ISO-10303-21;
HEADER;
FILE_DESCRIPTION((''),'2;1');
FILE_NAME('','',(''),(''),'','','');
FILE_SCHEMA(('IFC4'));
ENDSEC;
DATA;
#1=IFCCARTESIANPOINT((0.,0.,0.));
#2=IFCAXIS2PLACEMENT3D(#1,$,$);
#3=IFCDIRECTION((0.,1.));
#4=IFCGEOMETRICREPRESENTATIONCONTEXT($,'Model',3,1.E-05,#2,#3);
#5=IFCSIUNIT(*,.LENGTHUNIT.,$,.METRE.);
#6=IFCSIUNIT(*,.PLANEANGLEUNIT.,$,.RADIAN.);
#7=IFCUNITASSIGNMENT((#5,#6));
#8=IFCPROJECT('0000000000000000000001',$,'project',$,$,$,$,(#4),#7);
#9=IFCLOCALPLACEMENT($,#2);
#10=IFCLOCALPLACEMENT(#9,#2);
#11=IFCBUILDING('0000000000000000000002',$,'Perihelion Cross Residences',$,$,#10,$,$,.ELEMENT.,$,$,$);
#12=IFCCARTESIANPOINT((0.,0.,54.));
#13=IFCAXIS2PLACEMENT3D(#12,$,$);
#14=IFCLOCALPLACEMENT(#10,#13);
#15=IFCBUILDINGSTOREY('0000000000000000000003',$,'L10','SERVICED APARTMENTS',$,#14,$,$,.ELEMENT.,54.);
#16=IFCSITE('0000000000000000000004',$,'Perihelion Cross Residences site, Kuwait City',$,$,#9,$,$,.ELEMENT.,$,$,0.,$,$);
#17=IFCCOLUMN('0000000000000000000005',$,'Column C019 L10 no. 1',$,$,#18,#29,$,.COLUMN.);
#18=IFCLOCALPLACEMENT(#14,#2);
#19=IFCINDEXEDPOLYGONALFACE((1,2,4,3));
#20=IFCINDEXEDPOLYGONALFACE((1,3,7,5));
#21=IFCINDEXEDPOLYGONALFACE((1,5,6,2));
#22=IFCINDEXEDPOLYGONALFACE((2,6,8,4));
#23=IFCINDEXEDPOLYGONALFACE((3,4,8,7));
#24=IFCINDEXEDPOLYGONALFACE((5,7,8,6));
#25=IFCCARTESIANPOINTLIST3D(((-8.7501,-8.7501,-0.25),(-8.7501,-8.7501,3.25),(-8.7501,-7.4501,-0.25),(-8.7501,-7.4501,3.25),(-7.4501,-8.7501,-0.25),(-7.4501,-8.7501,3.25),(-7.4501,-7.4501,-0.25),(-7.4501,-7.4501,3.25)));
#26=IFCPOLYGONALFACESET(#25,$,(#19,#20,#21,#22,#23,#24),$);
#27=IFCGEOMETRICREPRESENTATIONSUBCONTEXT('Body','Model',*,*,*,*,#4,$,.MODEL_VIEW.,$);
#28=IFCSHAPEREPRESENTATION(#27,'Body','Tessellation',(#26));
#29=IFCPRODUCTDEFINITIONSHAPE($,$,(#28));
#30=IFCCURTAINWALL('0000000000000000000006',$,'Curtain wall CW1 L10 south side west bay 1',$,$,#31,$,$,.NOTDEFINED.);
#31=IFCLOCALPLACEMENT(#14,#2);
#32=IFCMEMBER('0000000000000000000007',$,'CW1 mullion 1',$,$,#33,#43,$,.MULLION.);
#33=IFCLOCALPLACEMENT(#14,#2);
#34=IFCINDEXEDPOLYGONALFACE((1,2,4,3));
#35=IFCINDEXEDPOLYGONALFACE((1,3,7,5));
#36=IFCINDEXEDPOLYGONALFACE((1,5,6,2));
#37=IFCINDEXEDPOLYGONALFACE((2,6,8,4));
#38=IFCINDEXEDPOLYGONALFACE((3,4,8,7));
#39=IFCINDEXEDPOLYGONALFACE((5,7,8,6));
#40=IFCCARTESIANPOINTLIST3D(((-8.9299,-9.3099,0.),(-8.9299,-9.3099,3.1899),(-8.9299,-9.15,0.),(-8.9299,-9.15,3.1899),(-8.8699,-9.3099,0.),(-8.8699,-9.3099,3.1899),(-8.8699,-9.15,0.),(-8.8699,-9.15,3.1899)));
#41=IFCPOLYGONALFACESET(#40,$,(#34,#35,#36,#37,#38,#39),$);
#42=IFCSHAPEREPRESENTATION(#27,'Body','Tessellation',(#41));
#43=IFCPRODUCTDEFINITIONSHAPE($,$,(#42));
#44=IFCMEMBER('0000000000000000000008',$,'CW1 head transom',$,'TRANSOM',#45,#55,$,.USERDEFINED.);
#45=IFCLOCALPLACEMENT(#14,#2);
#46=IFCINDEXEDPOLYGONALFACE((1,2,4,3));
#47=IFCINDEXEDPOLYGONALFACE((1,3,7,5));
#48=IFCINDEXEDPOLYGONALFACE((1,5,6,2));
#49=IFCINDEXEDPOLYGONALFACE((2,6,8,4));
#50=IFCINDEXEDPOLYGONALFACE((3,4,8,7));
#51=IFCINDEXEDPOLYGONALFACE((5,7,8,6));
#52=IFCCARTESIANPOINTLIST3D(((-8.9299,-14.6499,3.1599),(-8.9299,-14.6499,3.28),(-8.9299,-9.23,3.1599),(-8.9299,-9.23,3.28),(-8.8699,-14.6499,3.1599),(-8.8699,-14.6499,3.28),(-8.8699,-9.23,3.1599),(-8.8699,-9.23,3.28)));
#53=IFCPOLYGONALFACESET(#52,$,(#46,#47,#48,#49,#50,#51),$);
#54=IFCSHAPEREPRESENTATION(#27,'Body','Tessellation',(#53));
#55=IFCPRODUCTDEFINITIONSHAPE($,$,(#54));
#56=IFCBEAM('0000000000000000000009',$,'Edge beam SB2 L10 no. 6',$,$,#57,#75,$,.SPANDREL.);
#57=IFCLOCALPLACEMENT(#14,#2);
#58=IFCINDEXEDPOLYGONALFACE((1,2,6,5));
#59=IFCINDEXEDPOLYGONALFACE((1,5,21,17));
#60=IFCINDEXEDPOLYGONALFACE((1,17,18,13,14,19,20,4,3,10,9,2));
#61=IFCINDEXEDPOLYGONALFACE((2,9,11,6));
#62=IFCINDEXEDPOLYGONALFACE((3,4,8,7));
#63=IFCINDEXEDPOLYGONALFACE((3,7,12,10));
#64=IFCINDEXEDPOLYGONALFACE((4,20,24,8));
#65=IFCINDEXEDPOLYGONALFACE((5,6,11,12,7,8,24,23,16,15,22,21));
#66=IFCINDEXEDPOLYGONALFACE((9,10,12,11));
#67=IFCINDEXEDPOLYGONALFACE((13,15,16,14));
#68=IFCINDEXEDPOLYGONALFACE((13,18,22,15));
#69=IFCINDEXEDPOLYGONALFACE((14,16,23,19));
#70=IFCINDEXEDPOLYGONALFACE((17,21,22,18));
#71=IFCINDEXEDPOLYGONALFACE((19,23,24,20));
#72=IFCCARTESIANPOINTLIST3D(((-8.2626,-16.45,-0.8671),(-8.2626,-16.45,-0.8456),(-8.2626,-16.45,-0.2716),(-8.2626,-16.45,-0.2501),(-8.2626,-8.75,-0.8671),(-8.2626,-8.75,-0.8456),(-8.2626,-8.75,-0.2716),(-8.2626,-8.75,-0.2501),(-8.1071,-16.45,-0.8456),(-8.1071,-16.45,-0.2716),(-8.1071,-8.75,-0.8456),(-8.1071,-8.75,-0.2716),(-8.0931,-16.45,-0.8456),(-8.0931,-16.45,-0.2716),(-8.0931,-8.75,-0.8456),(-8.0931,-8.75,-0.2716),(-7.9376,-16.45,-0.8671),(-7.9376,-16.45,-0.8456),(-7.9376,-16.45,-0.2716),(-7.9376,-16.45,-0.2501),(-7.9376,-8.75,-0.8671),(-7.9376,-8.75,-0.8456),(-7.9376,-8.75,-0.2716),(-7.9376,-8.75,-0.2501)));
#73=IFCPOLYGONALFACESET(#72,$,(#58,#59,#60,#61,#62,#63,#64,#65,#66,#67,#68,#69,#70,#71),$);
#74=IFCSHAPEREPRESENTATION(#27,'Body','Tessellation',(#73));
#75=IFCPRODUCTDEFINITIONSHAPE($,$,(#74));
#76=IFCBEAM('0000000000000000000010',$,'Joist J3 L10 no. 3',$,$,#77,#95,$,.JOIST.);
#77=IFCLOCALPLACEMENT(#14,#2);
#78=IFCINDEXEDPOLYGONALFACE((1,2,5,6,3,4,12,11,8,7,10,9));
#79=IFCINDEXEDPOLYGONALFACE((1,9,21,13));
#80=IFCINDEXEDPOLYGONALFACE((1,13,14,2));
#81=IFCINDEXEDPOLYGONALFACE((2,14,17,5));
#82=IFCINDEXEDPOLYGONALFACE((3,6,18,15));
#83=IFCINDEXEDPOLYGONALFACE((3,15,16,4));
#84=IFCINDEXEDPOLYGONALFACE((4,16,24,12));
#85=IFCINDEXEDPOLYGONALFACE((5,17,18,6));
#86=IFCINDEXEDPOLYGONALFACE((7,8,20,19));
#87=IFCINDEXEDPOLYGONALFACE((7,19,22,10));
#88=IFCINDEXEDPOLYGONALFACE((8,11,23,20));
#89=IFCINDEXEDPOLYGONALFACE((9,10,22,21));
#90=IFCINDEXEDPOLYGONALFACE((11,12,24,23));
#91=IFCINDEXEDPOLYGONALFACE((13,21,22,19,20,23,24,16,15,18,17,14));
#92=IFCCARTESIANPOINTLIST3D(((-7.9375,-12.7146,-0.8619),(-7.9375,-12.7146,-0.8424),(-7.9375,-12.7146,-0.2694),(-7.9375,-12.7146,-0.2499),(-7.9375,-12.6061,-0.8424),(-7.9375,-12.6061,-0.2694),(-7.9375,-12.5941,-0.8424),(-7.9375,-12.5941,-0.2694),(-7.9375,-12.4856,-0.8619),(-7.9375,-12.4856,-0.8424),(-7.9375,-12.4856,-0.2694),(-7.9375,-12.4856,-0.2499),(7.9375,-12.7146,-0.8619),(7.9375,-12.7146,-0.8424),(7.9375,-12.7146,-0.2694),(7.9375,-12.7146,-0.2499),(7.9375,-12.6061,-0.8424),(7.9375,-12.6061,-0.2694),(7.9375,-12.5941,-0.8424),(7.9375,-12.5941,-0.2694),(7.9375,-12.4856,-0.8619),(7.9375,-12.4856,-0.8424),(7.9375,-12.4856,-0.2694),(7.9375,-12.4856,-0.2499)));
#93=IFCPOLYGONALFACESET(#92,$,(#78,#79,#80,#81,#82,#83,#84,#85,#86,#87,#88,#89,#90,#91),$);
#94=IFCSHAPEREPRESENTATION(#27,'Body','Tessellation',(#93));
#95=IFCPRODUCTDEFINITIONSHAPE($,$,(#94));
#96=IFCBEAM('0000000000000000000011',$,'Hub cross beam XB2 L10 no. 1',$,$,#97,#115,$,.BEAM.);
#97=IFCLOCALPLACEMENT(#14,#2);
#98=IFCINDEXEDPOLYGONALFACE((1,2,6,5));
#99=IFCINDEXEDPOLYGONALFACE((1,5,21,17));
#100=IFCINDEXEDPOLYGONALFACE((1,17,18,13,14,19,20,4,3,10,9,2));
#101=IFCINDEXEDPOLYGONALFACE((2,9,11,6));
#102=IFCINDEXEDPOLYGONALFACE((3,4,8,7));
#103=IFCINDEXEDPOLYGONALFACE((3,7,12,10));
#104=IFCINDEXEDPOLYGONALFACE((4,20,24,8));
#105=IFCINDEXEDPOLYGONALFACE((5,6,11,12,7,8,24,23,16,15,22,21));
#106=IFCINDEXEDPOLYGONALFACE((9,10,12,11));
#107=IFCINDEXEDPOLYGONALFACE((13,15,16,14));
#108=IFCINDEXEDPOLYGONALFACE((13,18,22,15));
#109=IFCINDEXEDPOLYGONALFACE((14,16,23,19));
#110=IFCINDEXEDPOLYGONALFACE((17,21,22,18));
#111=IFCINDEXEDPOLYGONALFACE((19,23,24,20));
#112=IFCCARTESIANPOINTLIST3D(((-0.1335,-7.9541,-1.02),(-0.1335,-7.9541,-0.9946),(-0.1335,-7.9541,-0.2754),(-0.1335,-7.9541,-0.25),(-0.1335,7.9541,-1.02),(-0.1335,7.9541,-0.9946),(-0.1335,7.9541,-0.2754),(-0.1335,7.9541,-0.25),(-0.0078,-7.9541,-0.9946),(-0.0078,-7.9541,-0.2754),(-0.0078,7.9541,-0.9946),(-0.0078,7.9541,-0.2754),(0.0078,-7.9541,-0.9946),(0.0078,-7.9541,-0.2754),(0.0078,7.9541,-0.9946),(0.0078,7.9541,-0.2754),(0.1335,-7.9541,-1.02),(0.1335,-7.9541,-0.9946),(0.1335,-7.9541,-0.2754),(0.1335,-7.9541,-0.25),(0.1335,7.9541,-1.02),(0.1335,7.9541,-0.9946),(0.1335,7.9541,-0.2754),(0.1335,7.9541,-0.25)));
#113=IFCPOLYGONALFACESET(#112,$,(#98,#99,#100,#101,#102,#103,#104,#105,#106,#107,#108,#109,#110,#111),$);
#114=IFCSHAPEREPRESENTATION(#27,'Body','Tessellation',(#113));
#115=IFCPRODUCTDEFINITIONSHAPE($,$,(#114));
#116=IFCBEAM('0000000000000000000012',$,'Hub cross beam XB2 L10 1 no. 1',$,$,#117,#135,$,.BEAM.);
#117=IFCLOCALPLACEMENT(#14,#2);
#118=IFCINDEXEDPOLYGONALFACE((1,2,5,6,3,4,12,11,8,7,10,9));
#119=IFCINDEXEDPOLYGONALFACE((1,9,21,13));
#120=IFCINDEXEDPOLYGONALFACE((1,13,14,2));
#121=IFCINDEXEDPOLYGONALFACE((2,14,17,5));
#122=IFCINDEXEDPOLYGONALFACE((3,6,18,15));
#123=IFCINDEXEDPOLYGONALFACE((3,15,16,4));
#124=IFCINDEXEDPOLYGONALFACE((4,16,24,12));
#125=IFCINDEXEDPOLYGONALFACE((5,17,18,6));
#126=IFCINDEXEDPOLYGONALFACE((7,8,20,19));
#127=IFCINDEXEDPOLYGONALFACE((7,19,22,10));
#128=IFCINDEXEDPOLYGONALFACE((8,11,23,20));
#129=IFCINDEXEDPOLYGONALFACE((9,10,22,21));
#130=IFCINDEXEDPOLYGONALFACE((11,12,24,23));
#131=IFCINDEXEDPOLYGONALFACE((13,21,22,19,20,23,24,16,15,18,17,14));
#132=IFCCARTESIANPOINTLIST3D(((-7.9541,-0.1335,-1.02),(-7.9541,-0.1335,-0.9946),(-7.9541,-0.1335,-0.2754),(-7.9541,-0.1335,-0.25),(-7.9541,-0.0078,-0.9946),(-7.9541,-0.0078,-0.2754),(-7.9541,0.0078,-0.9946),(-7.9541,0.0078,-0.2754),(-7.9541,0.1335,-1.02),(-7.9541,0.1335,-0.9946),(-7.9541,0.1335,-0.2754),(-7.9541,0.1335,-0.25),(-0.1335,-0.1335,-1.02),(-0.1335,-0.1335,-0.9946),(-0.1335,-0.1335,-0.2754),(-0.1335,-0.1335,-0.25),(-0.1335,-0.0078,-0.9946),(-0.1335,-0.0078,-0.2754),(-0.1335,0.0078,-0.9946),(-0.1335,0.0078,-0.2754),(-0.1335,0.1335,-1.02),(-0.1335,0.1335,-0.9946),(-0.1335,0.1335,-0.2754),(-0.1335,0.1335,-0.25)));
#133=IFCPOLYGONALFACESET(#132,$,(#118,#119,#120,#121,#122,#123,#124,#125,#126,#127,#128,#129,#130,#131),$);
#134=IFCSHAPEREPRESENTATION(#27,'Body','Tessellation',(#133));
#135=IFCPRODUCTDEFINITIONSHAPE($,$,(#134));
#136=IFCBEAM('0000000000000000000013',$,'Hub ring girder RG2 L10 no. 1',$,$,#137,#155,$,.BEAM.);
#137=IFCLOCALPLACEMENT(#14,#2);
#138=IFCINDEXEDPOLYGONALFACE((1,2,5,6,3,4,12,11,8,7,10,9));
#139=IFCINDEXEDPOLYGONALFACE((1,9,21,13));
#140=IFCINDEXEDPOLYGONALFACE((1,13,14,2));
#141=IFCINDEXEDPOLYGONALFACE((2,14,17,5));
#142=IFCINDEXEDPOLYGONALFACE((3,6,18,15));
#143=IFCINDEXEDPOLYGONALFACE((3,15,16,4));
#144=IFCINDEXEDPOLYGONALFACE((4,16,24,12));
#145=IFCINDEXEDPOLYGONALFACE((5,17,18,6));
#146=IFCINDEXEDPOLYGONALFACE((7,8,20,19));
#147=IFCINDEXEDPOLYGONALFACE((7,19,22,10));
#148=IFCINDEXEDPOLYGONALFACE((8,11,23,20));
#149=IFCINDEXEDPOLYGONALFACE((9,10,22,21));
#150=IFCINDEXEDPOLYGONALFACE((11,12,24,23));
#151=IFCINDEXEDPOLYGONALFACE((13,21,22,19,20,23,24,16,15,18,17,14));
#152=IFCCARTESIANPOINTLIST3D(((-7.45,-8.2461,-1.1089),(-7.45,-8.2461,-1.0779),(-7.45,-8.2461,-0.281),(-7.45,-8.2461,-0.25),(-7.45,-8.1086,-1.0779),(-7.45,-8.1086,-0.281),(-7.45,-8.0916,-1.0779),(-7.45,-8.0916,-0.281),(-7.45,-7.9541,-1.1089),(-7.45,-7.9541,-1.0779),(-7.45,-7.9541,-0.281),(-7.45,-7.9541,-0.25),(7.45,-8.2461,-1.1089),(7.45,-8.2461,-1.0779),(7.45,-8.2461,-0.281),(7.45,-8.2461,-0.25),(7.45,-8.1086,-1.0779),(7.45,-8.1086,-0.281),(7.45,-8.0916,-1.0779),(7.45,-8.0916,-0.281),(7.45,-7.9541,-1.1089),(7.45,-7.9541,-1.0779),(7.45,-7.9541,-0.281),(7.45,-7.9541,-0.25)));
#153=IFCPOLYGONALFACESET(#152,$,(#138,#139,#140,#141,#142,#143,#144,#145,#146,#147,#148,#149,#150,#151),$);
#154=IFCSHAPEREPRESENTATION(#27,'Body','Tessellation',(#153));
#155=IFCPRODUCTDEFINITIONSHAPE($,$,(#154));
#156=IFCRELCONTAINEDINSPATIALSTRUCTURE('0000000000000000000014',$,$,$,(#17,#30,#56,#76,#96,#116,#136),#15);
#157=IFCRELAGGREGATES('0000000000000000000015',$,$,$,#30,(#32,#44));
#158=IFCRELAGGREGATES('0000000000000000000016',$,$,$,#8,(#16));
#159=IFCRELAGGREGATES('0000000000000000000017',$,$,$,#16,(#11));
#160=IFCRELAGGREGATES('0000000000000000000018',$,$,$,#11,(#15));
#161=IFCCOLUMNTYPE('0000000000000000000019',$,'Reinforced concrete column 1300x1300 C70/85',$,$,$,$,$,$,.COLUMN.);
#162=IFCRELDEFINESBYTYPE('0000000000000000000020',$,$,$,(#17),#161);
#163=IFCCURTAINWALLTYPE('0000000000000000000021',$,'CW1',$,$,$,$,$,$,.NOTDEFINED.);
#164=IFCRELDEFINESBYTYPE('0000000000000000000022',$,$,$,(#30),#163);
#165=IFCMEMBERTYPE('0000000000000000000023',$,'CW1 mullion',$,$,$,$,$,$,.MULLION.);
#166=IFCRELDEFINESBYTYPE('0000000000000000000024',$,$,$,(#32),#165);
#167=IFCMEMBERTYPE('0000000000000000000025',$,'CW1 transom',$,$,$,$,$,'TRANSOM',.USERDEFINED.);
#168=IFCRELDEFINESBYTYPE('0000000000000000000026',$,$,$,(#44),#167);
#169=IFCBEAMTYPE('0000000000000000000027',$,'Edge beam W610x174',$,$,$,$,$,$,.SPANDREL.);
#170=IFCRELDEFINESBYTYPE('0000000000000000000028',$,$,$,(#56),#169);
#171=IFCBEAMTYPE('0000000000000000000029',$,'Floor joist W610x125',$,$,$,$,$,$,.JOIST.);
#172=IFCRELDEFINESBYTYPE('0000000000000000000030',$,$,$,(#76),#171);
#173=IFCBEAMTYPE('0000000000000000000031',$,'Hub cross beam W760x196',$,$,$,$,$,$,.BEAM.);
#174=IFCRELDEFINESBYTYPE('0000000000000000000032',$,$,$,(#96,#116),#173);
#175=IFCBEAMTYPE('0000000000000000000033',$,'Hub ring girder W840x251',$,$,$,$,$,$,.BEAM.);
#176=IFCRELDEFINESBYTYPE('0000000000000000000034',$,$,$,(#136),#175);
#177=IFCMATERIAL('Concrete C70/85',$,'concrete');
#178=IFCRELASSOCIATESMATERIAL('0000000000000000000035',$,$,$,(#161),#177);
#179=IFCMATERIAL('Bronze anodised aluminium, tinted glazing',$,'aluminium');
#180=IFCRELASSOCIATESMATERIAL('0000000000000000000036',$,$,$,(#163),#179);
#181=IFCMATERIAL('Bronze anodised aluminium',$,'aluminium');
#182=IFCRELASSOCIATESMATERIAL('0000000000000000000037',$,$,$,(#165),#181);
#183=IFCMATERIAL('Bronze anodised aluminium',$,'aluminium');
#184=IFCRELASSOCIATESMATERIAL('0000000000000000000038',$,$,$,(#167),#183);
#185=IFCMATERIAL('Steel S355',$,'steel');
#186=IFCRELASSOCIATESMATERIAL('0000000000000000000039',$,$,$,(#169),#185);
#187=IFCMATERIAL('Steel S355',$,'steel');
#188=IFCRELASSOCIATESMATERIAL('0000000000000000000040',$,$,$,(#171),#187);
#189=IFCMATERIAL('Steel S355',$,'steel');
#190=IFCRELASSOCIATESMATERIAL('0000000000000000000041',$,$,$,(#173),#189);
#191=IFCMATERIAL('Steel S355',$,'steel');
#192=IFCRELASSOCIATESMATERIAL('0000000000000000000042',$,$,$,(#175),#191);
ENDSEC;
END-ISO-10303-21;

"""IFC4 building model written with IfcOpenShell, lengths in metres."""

from ifc_helpers import new_model, si_unit, direction, frame, origin, origin_2d, place, context, subcontext, project, spatial, rectangle, i_section, extrude, material, material_profile, profile_set, type_object, element, aggregate, save


model = new_model("IFC4")

# Units and contexts
model_context = context("Model", 3, precision=1e-05, world=origin(), true_north=direction((0.0, 1.0)))
body_context = subcontext(model_context, "Body", "Model", "MODEL_VIEW")
ifc_project = project(units=[si_unit("LENGTHUNIT", "METRE"), si_unit("PLANEANGLEUNIT", "RADIAN")], contexts=[model_context])

# Site, building, storey
site_placement = place(None, origin())
site = spatial("IfcSite", under=ifc_project, at=site_placement, Name="Perihelion Cross Residences site, Kuwait City", CompositionType="ELEMENT", RefElevation=0.0)
building_placement = place(site_placement, origin())
building = spatial("IfcBuilding", under=site, at=building_placement, Name="Perihelion Cross Residences", CompositionType="ELEMENT")
storey_placement = place(building_placement, frame((0.0, 0.0, 54.0)))
storey = spatial("IfcBuildingStorey", under=building, at=storey_placement, Name="L10", Description="SERVICED APARTMENTS", CompositionType="ELEMENT", Elevation=54.0)

# Column
ifc_material_1 = material(Name="Concrete C70/85", Category="concrete")
ifc_material_profile_1 = material_profile(ifc_material_1, rectangle(XDim=1.3, YDim=1.3, at=origin_2d()), Name="RC 1300x1300")
ifc_profile_set_1 = profile_set([ifc_material_profile_1], Name="Concrete C70/85")
column_type = type_object("IfcColumnType", Name="Reinforced concrete column 1300x1300 C70/85", PredefinedType="COLUMN", material=ifc_profile_set_1)
column_placement = place(storey_placement, frame((-8.1001, -8.1001, -0.25), z_axis=(0.0, 0.0, 1.0), x_axis=(1.0, 0.0, 0.0)))
element("IfcColumn", 1, at=column_placement, inside=storey, type_object=column_type, Name="Column C019 L10 no. 1", PredefinedType="COLUMN", context=body_context, shape_type="SweptSolid", body=[
    extrude(rectangle(XDim=1.3, YDim=1.3, at=origin_2d()), origin(), (0.0, 0.0, 1.0), 3.5),
])

# Curtain wall, members
ifc_material_2 = material(Name="Bronze anodised aluminium, tinted glazing", Category="aluminium")
curtain_wall_type = type_object("IfcCurtainWallType", Name="CW1", PredefinedType="NOTDEFINED", material=ifc_material_2)
curtain_wall_placement = place(storey_placement, origin())
curtain_wall = element("IfcCurtainWall", 2, at=curtain_wall_placement, inside=storey, type_object=curtain_wall_type, Name="Curtain wall CW1 L10 south side west bay 1", PredefinedType="NOTDEFINED")
ifc_material_3 = material(Name="Bronze anodised aluminium", Category="aluminium")
ifc_material_profile_2 = material_profile(ifc_material_3, rectangle(XDim=0.0601, YDim=0.1599, at=origin_2d()), Name="CW1 mullion")
ifc_profile_set_2 = profile_set([ifc_material_profile_2], Name="Bronze anodised aluminium")
member_type_1 = type_object("IfcMemberType", Name="CW1 mullion", PredefinedType="MULLION", material=ifc_profile_set_2)
member_1_placement = place(storey_placement, frame((-8.8999, -9.23, 0.0), z_axis=(0.0, 0.0, 1.0), x_axis=(1.0, 0.0, 0.0)))
member_1 = element("IfcMember", 3, at=member_1_placement, type_object=member_type_1, Name="CW1 mullion 1", PredefinedType="MULLION", context=body_context, shape_type="SweptSolid", body=[
    extrude(rectangle(XDim=0.0601, YDim=0.1599, at=origin_2d()), origin(), (0.0, 0.0, 1.0), 3.1899),
])
ifc_material_4 = material(Name="Bronze anodised aluminium", Category="aluminium")
ifc_material_profile_3 = material_profile(ifc_material_4, rectangle(XDim=0.0601, YDim=0.1201, at=origin_2d()), Name="CW1 transom")
ifc_profile_set_3 = profile_set([ifc_material_profile_3], Name="Bronze anodised aluminium")
member_type_2 = type_object("IfcMemberType", Name="CW1 transom", ElementType="TRANSOM", PredefinedType="USERDEFINED", material=ifc_profile_set_3)
member_2_placement = place(storey_placement, frame((-8.8999, -9.23, 3.22), z_axis=(0.0, -1.0, 0.0), x_axis=(1.0, 0.0, 0.0)))
member_2 = element("IfcMember", 4, at=member_2_placement, type_object=member_type_2, Name="CW1 head transom", ObjectType="TRANSOM", PredefinedType="USERDEFINED", context=body_context, shape_type="SweptSolid", body=[
    extrude(rectangle(XDim=0.0601, YDim=0.1201, at=origin_2d()), origin(), (0.0, 0.0, 1.0), 5.4199),
])

# Beams
ifc_material_5 = material(Name="Steel S355", Category="steel")
ifc_material_profile_4 = material_profile(ifc_material_5, i_section(OverallWidth=0.325, OverallDepth=0.6169, WebThickness=0.0139, FlangeThickness=0.0215, at=origin_2d()), Name="W610x174")
ifc_profile_set_4 = profile_set([ifc_material_profile_4], Name="Steel S355")
beam_type_1 = type_object("IfcBeamType", Name="Edge beam W610x174", PredefinedType="SPANDREL", material=ifc_profile_set_4)
beam_1_placement = place(storey_placement, frame((-8.1001, -8.75, -0.5586), z_axis=(0.0, -1.0, 0.0), x_axis=(1.0, 0.0, 0.0)))
element("IfcBeam", 5, at=beam_1_placement, inside=storey, type_object=beam_type_1, Name="Edge beam SB2 L10 no. 6", PredefinedType="SPANDREL", context=body_context, shape_type="SweptSolid", body=[
    extrude(i_section(OverallWidth=0.325, OverallDepth=0.6169, WebThickness=0.0139, FlangeThickness=0.0215, at=origin_2d()), origin(), (0.0, 0.0, 1.0), 7.7),
])
ifc_material_6 = material(Name="Steel S355", Category="steel")
ifc_material_profile_5 = material_profile(ifc_material_6, i_section(OverallWidth=0.229, OverallDepth=0.6121, WebThickness=0.012, FlangeThickness=0.0195, at=origin_2d()), Name="W610x125")
ifc_profile_set_5 = profile_set([ifc_material_profile_5], Name="Steel S355")
beam_type_2 = type_object("IfcBeamType", Name="Floor joist W610x125", PredefinedType="JOIST", material=ifc_profile_set_5)
beam_2_placement = place(storey_placement, frame((-7.9375, -12.6001, -0.5559), z_axis=(1.0, 0.0, 0.0), x_axis=(0.0, 1.0, 0.0)))
element("IfcBeam", 6, at=beam_2_placement, inside=storey, type_object=beam_type_2, Name="Joist J3 L10 no. 3", PredefinedType="JOIST", context=body_context, shape_type="SweptSolid", body=[
    extrude(i_section(OverallWidth=0.229, OverallDepth=0.6121, WebThickness=0.012, FlangeThickness=0.0195, at=origin_2d()), origin(), (0.0, 0.0, 1.0), 15.875),
])
ifc_material_7 = material(Name="Steel S355", Category="steel")
ifc_material_profile_6 = material_profile(ifc_material_7, i_section(OverallWidth=0.2671, OverallDepth=0.77, WebThickness=0.0156, FlangeThickness=0.0254, at=origin_2d()), Name="W760x196")
ifc_profile_set_6 = profile_set([ifc_material_profile_6], Name="Steel S355")
beam_type_3 = type_object("IfcBeamType", Name="Hub cross beam W760x196", PredefinedType="BEAM", material=ifc_profile_set_6)
beam_3_placement = place(storey_placement, frame((0.0, -7.9541, -0.635), z_axis=(0.0, 1.0, 0.0), x_axis=(-1.0, 0.0, 0.0)))
element("IfcBeam", 7, at=beam_3_placement, inside=storey, type_object=beam_type_3, Name="Hub cross beam XB2 L10 no. 1", PredefinedType="BEAM", context=body_context, shape_type="SweptSolid", body=[
    extrude(i_section(OverallWidth=0.2671, OverallDepth=0.77, WebThickness=0.0156, FlangeThickness=0.0254, at=origin_2d()), origin(), (0.0, 0.0, 1.0), 15.9082),
])
beam_4_placement = place(storey_placement, frame((-7.9541, 0.0, -0.635), z_axis=(1.0, 0.0, 0.0), x_axis=(0.0, 1.0, 0.0)))
element("IfcBeam", 8, at=beam_4_placement, inside=storey, type_object=beam_type_3, Name="Hub cross beam XB2 L10 1 no. 1", PredefinedType="BEAM", context=body_context, shape_type="SweptSolid", body=[
    extrude(i_section(OverallWidth=0.2671, OverallDepth=0.77, WebThickness=0.0156, FlangeThickness=0.0254, at=origin_2d()), origin(), (0.0, 0.0, 1.0), 7.8206),
])
ifc_material_8 = material(Name="Steel S355", Category="steel")
ifc_material_profile_7 = material_profile(ifc_material_8, i_section(OverallWidth=0.292, OverallDepth=0.8589, WebThickness=0.0171, FlangeThickness=0.031, at=origin_2d()), Name="W840x251")
ifc_profile_set_7 = profile_set([ifc_material_profile_7], Name="Steel S355")
beam_type_4 = type_object("IfcBeamType", Name="Hub ring girder W840x251", PredefinedType="BEAM", material=ifc_profile_set_7)
beam_5_placement = place(storey_placement, frame((-7.45, -8.1001, -0.6794), z_axis=(1.0, 0.0, 0.0), x_axis=(0.0, 1.0, 0.0)))
element("IfcBeam", 9, at=beam_5_placement, inside=storey, type_object=beam_type_4, Name="Hub ring girder RG2 L10 no. 1", PredefinedType="BEAM", context=body_context, shape_type="SweptSolid", body=[
    extrude(i_section(OverallWidth=0.292, OverallDepth=0.8589, WebThickness=0.0171, FlangeThickness=0.031, at=origin_2d()), origin(), (0.0, 0.0, 1.0), 14.8999),
])

aggregate(curtain_wall, [member_1, member_2])

save(model, "model.ifc")
